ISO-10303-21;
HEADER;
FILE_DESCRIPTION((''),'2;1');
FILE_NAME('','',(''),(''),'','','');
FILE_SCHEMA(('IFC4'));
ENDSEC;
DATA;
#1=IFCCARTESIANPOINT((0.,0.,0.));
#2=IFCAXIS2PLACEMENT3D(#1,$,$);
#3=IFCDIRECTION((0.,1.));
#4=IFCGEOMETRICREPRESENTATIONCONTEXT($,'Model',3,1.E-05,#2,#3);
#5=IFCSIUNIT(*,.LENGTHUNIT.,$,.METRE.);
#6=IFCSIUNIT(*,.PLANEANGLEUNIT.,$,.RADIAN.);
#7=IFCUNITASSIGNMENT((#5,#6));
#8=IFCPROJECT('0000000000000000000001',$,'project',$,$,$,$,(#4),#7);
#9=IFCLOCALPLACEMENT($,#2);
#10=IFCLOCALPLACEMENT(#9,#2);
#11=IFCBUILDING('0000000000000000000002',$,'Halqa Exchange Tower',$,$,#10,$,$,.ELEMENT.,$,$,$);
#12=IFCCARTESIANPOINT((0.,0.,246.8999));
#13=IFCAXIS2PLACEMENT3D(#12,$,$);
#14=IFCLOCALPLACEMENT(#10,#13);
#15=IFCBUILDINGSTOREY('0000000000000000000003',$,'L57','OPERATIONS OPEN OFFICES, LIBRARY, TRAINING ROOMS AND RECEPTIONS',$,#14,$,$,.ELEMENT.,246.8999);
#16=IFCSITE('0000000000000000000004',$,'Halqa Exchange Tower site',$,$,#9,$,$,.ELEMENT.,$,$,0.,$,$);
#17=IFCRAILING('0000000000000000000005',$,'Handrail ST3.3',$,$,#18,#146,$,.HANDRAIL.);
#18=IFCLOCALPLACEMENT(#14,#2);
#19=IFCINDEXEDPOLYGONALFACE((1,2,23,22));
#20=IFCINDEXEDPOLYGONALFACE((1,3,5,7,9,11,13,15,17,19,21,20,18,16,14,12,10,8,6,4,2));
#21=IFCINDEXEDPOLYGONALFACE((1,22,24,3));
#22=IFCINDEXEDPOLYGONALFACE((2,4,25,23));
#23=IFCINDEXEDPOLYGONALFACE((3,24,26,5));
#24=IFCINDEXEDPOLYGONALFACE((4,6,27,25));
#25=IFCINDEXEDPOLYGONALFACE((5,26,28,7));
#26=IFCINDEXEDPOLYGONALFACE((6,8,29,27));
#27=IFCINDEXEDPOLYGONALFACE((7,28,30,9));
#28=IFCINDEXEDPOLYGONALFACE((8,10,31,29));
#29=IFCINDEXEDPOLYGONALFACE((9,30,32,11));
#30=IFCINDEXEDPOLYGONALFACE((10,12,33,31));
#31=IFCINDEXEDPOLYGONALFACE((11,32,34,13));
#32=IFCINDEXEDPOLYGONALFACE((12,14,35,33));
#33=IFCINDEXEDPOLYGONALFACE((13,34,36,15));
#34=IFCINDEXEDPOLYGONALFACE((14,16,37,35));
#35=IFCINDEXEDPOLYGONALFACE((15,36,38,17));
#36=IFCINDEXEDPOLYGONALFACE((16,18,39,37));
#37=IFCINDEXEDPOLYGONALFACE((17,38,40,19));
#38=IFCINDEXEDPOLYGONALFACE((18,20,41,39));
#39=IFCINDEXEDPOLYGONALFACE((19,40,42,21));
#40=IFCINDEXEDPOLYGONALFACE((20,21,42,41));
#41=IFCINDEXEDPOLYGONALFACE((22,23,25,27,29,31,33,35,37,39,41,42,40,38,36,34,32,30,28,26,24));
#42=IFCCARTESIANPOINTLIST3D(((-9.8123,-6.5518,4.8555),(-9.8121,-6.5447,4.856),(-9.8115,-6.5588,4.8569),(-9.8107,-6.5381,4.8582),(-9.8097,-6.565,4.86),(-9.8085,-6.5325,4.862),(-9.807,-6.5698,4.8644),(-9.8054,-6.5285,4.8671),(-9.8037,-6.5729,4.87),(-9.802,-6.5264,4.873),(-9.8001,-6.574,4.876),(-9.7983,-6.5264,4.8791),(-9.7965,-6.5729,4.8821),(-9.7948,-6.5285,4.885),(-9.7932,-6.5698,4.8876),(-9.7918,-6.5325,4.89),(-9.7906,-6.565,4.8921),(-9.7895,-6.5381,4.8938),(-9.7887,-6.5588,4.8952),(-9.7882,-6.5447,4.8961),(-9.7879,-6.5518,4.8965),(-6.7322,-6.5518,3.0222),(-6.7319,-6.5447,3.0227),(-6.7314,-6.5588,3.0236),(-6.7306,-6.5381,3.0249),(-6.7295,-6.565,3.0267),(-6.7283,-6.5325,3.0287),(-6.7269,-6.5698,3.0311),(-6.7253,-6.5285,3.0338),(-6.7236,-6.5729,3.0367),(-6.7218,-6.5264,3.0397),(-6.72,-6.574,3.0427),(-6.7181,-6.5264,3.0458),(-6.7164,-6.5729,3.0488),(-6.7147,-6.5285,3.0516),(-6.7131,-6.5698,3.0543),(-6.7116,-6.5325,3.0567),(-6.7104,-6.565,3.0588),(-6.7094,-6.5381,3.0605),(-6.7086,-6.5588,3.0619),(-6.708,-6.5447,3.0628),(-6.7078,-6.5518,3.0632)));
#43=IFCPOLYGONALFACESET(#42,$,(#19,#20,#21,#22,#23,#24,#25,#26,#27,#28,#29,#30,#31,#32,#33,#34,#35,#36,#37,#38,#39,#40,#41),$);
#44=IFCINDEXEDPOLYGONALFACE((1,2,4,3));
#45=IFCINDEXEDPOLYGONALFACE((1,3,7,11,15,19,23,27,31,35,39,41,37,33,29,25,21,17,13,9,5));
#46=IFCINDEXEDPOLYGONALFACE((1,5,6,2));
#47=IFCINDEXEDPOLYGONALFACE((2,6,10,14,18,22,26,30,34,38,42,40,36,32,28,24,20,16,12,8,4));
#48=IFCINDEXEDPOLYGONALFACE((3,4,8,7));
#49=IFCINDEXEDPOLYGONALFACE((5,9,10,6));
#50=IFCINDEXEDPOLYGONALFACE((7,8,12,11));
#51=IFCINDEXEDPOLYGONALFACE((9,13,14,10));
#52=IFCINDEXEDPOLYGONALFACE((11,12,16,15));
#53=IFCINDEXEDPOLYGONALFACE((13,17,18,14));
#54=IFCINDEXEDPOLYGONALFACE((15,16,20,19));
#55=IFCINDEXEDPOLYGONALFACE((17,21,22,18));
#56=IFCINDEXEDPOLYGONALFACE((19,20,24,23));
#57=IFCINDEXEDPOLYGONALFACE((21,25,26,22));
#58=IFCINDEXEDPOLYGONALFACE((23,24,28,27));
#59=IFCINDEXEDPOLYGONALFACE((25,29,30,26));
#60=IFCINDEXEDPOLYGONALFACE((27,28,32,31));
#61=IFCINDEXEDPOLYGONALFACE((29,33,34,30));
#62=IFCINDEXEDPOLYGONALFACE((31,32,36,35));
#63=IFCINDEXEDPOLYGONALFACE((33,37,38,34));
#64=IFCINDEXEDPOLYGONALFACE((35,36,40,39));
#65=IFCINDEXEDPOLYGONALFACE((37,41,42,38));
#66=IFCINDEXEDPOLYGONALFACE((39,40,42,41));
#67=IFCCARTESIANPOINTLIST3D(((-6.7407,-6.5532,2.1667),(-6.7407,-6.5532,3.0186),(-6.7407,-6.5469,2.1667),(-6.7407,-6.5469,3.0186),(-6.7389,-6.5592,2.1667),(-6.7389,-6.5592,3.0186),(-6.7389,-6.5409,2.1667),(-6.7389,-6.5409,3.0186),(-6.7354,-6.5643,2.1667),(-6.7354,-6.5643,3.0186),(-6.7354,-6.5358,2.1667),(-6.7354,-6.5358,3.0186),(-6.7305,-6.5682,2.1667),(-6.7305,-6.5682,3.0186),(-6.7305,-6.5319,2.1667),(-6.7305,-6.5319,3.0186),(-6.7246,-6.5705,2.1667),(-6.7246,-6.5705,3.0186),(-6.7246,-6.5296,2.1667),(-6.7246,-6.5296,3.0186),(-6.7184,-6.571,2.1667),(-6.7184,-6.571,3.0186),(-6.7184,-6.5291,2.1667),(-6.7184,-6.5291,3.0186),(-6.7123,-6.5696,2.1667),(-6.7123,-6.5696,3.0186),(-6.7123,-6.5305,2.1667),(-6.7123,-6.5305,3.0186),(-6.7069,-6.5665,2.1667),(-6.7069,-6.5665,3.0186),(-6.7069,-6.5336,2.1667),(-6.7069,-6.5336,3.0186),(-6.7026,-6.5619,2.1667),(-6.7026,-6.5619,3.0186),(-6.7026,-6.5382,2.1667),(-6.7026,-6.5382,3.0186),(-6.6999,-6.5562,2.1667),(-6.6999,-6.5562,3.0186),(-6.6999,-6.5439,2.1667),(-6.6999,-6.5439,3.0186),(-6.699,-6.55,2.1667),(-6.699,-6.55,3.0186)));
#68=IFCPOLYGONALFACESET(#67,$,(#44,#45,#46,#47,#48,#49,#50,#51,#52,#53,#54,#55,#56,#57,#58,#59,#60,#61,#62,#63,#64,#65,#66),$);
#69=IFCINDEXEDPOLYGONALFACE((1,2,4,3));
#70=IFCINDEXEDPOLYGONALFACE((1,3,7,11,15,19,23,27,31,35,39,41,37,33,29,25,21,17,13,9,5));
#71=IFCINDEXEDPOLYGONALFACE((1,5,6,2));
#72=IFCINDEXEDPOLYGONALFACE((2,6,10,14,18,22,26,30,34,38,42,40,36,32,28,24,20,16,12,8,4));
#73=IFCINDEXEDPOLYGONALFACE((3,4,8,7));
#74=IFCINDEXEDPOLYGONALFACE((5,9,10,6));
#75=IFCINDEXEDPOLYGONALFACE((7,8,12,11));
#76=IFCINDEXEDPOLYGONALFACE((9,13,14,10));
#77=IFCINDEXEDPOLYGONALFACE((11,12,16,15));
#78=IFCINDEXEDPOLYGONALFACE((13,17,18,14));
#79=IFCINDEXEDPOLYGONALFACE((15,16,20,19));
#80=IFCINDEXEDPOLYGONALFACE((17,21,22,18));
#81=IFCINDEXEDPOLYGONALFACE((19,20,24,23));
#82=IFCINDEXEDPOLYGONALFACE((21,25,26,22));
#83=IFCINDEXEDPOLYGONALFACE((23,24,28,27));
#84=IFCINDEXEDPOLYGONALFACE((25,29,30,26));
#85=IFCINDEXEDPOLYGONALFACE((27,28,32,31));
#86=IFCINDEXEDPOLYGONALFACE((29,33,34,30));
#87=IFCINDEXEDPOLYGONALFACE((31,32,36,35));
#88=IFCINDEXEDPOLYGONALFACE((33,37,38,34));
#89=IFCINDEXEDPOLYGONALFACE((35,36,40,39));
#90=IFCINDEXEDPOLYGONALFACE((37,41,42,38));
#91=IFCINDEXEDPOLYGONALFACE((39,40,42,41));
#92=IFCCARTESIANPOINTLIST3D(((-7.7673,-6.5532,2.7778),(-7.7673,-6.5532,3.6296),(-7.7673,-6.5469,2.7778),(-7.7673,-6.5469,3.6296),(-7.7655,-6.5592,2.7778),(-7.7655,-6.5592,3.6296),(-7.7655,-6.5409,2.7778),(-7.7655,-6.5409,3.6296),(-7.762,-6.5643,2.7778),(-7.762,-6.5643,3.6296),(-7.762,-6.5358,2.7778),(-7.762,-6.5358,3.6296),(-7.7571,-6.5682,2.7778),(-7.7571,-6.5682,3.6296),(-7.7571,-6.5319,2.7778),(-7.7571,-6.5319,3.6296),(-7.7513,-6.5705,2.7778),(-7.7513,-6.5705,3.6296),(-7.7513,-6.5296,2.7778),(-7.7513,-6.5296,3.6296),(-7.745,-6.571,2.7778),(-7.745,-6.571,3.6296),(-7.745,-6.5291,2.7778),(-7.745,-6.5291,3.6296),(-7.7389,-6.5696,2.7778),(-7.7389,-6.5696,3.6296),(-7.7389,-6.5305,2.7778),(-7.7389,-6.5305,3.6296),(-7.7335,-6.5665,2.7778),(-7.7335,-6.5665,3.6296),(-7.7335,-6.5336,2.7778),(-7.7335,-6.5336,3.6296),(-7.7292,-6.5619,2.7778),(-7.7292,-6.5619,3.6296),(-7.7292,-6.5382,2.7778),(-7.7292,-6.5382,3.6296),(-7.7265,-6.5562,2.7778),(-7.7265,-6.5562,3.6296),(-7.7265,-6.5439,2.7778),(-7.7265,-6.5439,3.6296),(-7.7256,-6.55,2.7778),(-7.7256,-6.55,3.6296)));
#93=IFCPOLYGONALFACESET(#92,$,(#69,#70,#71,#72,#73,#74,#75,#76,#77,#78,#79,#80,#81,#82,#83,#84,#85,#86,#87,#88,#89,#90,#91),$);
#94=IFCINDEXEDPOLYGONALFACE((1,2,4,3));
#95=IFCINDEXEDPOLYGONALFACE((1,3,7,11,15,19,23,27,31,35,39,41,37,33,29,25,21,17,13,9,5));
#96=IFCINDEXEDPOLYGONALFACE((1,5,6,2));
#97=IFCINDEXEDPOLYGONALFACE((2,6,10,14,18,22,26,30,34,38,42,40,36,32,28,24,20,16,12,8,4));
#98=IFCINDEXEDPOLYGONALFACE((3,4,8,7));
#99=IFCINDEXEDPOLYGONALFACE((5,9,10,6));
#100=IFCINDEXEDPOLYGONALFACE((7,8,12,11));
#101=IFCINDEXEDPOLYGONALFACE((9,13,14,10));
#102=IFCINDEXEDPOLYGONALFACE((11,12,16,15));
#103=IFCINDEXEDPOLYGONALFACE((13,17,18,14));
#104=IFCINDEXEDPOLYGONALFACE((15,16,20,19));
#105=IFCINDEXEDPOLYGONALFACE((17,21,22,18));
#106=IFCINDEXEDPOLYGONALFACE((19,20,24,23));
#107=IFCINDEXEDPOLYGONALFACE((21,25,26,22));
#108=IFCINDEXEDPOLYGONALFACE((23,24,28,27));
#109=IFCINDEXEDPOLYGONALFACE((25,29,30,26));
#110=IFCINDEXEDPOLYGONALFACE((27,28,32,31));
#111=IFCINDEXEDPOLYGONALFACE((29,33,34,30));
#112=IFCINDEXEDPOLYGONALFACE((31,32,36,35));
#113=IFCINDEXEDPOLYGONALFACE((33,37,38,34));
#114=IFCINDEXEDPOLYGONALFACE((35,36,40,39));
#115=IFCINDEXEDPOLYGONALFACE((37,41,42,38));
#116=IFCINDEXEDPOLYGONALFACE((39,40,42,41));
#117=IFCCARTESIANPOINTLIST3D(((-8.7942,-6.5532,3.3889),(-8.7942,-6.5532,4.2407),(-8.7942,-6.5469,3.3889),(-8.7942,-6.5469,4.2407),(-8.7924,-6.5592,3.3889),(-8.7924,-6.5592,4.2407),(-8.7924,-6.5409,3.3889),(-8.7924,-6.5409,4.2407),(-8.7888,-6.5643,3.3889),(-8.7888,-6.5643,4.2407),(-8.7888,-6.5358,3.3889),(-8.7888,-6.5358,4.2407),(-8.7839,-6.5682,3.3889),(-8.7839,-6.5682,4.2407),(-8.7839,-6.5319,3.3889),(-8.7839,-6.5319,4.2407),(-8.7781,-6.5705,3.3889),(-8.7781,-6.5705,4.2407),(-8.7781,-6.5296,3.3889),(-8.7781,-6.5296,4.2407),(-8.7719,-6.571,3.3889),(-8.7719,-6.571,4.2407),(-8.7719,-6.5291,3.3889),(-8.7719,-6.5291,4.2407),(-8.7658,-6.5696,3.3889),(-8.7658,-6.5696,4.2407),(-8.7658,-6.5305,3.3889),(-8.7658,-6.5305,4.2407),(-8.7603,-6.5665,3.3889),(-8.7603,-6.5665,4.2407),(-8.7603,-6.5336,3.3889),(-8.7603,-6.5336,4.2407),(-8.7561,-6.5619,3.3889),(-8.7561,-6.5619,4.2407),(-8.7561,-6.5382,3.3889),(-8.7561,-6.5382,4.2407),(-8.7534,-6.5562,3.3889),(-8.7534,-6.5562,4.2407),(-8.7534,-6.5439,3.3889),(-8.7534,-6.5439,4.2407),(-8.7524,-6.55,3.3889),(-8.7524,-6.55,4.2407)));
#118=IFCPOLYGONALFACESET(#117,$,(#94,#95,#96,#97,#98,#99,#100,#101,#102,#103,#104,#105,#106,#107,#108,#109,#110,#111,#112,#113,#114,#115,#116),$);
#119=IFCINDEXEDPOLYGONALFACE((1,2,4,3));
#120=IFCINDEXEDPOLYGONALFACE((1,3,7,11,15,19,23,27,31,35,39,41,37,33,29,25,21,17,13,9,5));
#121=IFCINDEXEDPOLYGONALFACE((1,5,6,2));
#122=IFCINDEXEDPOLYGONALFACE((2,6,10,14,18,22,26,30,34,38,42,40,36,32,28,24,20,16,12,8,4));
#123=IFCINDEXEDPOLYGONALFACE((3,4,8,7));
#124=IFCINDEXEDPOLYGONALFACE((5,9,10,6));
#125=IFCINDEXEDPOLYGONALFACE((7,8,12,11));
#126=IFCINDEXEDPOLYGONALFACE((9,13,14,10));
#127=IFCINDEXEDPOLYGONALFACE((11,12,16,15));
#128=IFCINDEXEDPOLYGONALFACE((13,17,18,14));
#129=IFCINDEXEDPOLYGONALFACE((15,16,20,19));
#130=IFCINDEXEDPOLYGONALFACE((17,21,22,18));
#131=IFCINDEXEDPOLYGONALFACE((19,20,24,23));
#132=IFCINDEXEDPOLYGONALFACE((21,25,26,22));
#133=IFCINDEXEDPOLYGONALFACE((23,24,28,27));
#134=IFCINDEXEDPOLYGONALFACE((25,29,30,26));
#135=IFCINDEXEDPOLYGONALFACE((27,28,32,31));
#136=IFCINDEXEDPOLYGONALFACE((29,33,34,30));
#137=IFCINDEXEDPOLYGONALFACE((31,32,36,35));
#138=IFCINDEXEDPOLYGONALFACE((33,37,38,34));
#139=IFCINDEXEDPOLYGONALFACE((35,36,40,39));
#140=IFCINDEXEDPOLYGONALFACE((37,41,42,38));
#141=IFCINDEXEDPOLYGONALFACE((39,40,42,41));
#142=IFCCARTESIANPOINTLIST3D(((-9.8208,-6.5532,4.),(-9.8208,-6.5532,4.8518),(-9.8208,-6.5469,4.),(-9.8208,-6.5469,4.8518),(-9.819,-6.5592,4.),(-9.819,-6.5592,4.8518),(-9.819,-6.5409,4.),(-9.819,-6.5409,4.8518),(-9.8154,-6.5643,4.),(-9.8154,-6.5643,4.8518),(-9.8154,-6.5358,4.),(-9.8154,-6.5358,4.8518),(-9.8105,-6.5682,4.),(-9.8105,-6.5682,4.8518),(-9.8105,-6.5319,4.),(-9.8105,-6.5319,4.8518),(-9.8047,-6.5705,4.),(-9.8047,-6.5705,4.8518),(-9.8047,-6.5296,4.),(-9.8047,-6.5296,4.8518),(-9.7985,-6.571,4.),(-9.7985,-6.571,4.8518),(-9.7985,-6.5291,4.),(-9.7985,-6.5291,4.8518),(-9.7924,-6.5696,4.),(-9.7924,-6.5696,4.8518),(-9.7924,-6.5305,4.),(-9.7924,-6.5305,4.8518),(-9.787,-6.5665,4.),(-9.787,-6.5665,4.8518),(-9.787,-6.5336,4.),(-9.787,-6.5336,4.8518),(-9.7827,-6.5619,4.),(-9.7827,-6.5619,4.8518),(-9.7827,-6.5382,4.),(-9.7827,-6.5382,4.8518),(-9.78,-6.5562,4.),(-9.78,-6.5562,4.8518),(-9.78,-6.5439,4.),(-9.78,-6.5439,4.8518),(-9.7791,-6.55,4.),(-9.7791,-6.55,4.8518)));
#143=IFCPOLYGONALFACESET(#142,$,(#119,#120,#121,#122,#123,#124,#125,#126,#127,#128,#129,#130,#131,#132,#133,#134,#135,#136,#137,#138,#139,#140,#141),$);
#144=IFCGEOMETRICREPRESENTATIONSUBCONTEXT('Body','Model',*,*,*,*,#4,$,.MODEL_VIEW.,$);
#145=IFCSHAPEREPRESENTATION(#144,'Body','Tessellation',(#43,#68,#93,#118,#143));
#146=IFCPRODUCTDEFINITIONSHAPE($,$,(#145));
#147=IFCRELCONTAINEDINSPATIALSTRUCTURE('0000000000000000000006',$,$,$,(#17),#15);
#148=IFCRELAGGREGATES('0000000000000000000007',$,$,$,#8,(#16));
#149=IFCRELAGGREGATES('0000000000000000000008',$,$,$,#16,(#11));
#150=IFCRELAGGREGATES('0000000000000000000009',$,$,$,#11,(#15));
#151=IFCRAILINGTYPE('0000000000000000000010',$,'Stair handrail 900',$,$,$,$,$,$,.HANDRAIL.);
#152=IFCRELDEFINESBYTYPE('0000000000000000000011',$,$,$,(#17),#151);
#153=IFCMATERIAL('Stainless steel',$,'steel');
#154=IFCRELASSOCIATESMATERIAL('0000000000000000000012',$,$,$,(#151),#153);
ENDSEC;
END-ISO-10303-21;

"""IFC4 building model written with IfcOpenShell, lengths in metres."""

from ifc_helpers import new_model, si_unit, direction, frame, origin, origin_2d, place, context, subcontext, project, spatial, circle, extrude, material, type_object, element, save


model = new_model("IFC4")

# Units and contexts
model_context = context("Model", 3, precision=1e-05, world=origin(), true_north=direction((0.0, 1.0)))
body_context = subcontext(model_context, "Body", "Model", "MODEL_VIEW")
ifc_project = project(units=[si_unit("LENGTHUNIT", "METRE"), si_unit("PLANEANGLEUNIT", "RADIAN")], contexts=[model_context])

# Site, building, storey
site_placement = place(None, origin())
site = spatial("IfcSite", under=ifc_project, at=site_placement, Name="Halqa Exchange Tower site", CompositionType="ELEMENT", RefElevation=0.0)
building_placement = place(site_placement, origin())
building = spatial("IfcBuilding", under=site, at=building_placement, Name="Halqa Exchange Tower", CompositionType="ELEMENT")
storey_placement = place(building_placement, frame((0.0, 0.0, 246.8999)))
storey = spatial("IfcBuildingStorey", under=building, at=storey_placement, Name="L57", Description="OPERATIONS OPEN OFFICES, LIBRARY, TRAINING ROOMS AND RECEPTIONS", CompositionType="ELEMENT", Elevation=246.8999)

# Shared definitions
ifc_material_1 = material(Name="Stainless steel", Category="steel")

# Railing
railing_type_1 = type_object("IfcRailingType", Name="Stair handrail 900", PredefinedType="HANDRAIL", material=ifc_material_1)
railing_1_placement = place(storey_placement, frame((-6.72, -6.55, 2.1667)))
element("IfcRailing", 1, at=railing_1_placement, inside=storey, type_object=railing_type_1, Name="Handrail ST3.3", PredefinedType="HANDRAIL", context=body_context, shape_type="SweptSolid", body=[
    extrude(circle(Radius=0.0239, at=origin_2d()), frame((0.0, 0.0, 0.876), z_axis=(-0.859309, 0.0, 0.511458), x_axis=(0.0, -1.0, 0.0)), (0.0, 0.0, 1.0), 3.5845),
    extrude(circle(Radius=0.021, at=origin_2d()), origin(), (0.0, 0.0, 1.0), 0.8518),
    extrude(circle(Radius=0.021, at=origin_2d()), frame((-1.0266, 0.0, 0.6111)), (0.0, 0.0, 1.0), 0.8518),
    extrude(circle(Radius=0.021, at=origin_2d()), frame((-2.0535, 0.0, 1.2222)), (0.0, 0.0, 1.0), 0.8518),
    extrude(circle(Radius=0.021, at=origin_2d()), frame((-3.0801, 0.0, 1.8333)), (0.0, 0.0, 1.0), 0.8518),
])

save(model, "model.ifc")
